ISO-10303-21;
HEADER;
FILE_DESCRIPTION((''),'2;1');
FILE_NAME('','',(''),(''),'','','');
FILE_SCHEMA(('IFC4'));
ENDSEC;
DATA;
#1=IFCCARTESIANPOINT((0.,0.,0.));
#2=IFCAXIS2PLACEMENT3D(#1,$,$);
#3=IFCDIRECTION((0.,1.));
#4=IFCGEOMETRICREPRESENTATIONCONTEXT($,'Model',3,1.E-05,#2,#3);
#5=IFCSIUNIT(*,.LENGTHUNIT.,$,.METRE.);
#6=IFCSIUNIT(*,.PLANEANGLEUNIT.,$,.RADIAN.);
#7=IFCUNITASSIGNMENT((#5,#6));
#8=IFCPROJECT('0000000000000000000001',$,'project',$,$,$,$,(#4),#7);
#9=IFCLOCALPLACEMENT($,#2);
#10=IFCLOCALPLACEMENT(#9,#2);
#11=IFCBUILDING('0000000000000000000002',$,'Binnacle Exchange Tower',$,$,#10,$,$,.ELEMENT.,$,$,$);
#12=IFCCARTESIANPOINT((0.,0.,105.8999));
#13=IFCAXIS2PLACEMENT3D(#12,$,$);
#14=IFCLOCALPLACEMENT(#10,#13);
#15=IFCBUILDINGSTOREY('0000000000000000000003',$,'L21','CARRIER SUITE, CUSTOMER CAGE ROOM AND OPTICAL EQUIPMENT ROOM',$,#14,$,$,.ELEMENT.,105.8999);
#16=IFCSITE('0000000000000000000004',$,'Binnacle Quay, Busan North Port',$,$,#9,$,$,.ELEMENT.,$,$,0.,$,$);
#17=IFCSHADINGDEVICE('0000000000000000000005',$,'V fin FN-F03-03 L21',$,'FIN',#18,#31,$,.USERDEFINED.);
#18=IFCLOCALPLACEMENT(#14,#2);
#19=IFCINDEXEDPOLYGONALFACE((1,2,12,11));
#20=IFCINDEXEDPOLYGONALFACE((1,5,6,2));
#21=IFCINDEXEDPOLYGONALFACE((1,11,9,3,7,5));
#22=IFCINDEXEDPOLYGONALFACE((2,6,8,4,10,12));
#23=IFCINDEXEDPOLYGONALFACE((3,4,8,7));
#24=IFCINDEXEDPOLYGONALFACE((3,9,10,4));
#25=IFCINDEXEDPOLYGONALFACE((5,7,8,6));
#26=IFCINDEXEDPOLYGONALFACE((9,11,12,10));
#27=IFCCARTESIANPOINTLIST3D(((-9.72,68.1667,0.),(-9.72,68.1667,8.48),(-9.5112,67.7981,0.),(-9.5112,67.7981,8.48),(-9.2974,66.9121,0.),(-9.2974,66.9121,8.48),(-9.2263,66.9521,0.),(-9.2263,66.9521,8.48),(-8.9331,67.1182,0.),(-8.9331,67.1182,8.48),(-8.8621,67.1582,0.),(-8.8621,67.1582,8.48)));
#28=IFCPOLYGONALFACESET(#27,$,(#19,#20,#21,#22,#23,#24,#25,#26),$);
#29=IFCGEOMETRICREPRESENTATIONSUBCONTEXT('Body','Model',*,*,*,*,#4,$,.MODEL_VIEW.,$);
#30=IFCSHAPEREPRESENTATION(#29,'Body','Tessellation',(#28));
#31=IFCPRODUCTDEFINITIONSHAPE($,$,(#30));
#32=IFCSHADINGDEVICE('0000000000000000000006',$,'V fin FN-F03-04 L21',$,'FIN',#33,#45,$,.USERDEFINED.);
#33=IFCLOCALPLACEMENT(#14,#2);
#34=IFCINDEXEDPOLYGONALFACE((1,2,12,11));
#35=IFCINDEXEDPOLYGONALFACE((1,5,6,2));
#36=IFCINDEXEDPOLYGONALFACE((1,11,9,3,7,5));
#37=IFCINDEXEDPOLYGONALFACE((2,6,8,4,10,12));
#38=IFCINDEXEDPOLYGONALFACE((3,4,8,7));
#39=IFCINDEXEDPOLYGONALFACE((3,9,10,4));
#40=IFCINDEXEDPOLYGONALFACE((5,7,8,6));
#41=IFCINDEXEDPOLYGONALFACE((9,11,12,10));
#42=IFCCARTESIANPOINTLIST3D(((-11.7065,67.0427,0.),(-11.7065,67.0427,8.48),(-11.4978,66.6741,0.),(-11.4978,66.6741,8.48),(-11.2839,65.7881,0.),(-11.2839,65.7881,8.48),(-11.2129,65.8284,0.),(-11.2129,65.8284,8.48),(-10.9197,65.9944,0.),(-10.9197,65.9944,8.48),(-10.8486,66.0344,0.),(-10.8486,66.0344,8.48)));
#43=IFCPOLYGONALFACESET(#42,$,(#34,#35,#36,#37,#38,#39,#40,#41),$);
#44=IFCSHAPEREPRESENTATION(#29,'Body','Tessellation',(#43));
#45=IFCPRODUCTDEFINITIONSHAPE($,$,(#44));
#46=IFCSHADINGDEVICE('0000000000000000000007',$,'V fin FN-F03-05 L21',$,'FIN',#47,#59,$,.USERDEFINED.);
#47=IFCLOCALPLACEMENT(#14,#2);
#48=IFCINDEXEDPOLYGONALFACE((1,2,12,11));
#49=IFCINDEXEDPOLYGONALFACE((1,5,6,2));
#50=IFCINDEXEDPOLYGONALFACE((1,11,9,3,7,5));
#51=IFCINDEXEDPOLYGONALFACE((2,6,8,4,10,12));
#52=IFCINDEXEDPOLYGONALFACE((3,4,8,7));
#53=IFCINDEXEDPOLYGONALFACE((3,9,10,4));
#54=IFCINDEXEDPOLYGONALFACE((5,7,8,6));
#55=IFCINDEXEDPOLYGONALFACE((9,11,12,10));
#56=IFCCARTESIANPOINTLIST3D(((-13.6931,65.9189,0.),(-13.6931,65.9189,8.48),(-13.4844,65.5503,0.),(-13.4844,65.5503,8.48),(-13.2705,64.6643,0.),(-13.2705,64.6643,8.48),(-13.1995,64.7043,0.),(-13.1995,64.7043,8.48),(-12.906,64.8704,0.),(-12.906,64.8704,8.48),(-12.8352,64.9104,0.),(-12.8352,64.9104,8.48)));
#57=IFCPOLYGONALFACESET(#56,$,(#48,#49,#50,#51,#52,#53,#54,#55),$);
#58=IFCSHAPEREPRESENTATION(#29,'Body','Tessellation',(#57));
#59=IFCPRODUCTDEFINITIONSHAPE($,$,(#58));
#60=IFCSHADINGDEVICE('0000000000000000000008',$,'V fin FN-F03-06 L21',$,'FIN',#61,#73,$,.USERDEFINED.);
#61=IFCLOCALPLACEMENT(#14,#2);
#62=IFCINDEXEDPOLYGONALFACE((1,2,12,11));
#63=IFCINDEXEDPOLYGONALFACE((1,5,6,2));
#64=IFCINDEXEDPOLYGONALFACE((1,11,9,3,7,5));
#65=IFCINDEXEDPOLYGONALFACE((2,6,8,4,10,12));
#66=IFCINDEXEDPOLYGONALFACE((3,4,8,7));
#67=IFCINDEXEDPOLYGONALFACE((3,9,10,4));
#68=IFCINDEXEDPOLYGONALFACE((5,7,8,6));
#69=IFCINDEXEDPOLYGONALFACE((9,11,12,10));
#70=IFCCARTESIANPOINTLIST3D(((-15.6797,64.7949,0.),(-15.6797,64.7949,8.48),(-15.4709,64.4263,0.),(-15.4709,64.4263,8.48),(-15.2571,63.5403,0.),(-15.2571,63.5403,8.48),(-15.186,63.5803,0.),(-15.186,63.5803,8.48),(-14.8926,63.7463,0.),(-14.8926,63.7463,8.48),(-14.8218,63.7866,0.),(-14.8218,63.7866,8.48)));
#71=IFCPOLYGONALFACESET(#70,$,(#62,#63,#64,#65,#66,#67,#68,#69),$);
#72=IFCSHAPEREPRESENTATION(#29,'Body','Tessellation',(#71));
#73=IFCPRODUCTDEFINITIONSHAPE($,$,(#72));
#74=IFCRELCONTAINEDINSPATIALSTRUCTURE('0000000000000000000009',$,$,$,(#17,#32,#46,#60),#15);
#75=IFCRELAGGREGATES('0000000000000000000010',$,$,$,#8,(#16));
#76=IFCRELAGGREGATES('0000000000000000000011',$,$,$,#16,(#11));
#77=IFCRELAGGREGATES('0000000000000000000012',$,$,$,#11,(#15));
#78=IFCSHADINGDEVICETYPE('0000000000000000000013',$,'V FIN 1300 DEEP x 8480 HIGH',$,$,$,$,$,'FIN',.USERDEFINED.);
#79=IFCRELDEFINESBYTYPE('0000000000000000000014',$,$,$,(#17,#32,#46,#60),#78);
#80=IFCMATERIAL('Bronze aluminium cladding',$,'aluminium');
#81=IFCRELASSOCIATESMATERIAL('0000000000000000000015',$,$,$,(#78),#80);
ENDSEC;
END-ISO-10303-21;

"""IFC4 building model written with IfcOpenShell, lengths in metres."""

from ifc_helpers import new_model, si_unit, direction, frame, origin, place, context, subcontext, project, spatial, polyline, outline, extrude, material, type_object, element, save


model = new_model("IFC4")

# Units and contexts
model_context = context("Model", 3, precision=1e-05, world=origin(), true_north=direction((0.0, 1.0)))
body_context = subcontext(model_context, "Body", "Model", "MODEL_VIEW")
ifc_project = project(units=[si_unit("LENGTHUNIT", "METRE"), si_unit("PLANEANGLEUNIT", "RADIAN")], contexts=[model_context])

# Site, building, storey
site_placement = place(None, origin())
site = spatial("IfcSite", under=ifc_project, at=site_placement, Name="Binnacle Quay, Busan North Port", CompositionType="ELEMENT", RefElevation=0.0)
building_placement = place(site_placement, origin())
building = spatial("IfcBuilding", under=site, at=building_placement, Name="Binnacle Exchange Tower", CompositionType="ELEMENT")
storey_placement = place(building_placement, frame((0.0, 0.0, 105.8999)))
storey = spatial("IfcBuildingStorey", under=building, at=storey_placement, Name="L21", Description="CARRIER SUITE, CUSTOMER CAGE ROOM AND OPTICAL EQUIPMENT ROOM", CompositionType="ELEMENT", Elevation=105.8999)

# Shading devices
ifc_material_1 = material(Name="Bronze aluminium cladding", Category="aluminium")
shading_device_type = type_object("IfcShadingDeviceType", Name="V FIN 1300 DEEP x 8480 HIGH", ElementType="FIN", PredefinedType="USERDEFINED", material=ifc_material_1)
shading_device_1_placement = place(storey_placement, origin())
element("IfcShadingDevice", 1, at=shading_device_1_placement, inside=storey, type_object=shading_device_type, Name="V fin FN-F03-03 L21", ObjectType="FIN", PredefinedType="USERDEFINED", context=body_context, shape_type="SweptSolid", body=[
    extrude(outline(polyline([(-8.8621, 67.1582), (-9.72, 68.1667), (-9.2974, 66.9121), (-9.2263, 66.9521), (-9.5112, 67.7981), (-8.9331, 67.1182), (-8.8621, 67.1582)])), origin(), (0.0, 0.0, 1.0), 8.48),
])
shading_device_2_placement = place(storey_placement, origin())
element("IfcShadingDevice", 2, at=shading_device_2_placement, inside=storey, type_object=shading_device_type, Name="V fin FN-F03-04 L21", ObjectType="FIN", PredefinedType="USERDEFINED", context=body_context, shape_type="SweptSolid", body=[
    extrude(outline(polyline([(-10.8486, 66.0344), (-11.7065, 67.0427), (-11.2839, 65.7881), (-11.2129, 65.8284), (-11.4978, 66.6741), (-10.9197, 65.9944), (-10.8486, 66.0344)])), origin(), (0.0, 0.0, 1.0), 8.48),
])
shading_device_3_placement = place(storey_placement, origin())
element("IfcShadingDevice", 3, at=shading_device_3_placement, inside=storey, type_object=shading_device_type, Name="V fin FN-F03-05 L21", ObjectType="FIN", PredefinedType="USERDEFINED", context=body_context, shape_type="SweptSolid", body=[
    extrude(outline(polyline([(-12.8352, 64.9104), (-13.6931, 65.9189), (-13.2705, 64.6643), (-13.1995, 64.7043), (-13.4844, 65.5503), (-12.906, 64.8704), (-12.8352, 64.9104)])), origin(), (0.0, 0.0, 1.0), 8.48),
])
shading_device_4_placement = place(storey_placement, origin())
element("IfcShadingDevice", 4, at=shading_device_4_placement, inside=storey, type_object=shading_device_type, Name="V fin FN-F03-06 L21", ObjectType="FIN", PredefinedType="USERDEFINED", context=body_context, shape_type="SweptSolid", body=[
    extrude(outline(polyline([(-14.8218, 63.7866), (-15.6797, 64.7949), (-15.2571, 63.5403), (-15.186, 63.5803), (-15.4709, 64.4263), (-14.8926, 63.7463), (-14.8218, 63.7866)])), origin(), (0.0, 0.0, 1.0), 8.48),
])

save(model, "model.ifc")
